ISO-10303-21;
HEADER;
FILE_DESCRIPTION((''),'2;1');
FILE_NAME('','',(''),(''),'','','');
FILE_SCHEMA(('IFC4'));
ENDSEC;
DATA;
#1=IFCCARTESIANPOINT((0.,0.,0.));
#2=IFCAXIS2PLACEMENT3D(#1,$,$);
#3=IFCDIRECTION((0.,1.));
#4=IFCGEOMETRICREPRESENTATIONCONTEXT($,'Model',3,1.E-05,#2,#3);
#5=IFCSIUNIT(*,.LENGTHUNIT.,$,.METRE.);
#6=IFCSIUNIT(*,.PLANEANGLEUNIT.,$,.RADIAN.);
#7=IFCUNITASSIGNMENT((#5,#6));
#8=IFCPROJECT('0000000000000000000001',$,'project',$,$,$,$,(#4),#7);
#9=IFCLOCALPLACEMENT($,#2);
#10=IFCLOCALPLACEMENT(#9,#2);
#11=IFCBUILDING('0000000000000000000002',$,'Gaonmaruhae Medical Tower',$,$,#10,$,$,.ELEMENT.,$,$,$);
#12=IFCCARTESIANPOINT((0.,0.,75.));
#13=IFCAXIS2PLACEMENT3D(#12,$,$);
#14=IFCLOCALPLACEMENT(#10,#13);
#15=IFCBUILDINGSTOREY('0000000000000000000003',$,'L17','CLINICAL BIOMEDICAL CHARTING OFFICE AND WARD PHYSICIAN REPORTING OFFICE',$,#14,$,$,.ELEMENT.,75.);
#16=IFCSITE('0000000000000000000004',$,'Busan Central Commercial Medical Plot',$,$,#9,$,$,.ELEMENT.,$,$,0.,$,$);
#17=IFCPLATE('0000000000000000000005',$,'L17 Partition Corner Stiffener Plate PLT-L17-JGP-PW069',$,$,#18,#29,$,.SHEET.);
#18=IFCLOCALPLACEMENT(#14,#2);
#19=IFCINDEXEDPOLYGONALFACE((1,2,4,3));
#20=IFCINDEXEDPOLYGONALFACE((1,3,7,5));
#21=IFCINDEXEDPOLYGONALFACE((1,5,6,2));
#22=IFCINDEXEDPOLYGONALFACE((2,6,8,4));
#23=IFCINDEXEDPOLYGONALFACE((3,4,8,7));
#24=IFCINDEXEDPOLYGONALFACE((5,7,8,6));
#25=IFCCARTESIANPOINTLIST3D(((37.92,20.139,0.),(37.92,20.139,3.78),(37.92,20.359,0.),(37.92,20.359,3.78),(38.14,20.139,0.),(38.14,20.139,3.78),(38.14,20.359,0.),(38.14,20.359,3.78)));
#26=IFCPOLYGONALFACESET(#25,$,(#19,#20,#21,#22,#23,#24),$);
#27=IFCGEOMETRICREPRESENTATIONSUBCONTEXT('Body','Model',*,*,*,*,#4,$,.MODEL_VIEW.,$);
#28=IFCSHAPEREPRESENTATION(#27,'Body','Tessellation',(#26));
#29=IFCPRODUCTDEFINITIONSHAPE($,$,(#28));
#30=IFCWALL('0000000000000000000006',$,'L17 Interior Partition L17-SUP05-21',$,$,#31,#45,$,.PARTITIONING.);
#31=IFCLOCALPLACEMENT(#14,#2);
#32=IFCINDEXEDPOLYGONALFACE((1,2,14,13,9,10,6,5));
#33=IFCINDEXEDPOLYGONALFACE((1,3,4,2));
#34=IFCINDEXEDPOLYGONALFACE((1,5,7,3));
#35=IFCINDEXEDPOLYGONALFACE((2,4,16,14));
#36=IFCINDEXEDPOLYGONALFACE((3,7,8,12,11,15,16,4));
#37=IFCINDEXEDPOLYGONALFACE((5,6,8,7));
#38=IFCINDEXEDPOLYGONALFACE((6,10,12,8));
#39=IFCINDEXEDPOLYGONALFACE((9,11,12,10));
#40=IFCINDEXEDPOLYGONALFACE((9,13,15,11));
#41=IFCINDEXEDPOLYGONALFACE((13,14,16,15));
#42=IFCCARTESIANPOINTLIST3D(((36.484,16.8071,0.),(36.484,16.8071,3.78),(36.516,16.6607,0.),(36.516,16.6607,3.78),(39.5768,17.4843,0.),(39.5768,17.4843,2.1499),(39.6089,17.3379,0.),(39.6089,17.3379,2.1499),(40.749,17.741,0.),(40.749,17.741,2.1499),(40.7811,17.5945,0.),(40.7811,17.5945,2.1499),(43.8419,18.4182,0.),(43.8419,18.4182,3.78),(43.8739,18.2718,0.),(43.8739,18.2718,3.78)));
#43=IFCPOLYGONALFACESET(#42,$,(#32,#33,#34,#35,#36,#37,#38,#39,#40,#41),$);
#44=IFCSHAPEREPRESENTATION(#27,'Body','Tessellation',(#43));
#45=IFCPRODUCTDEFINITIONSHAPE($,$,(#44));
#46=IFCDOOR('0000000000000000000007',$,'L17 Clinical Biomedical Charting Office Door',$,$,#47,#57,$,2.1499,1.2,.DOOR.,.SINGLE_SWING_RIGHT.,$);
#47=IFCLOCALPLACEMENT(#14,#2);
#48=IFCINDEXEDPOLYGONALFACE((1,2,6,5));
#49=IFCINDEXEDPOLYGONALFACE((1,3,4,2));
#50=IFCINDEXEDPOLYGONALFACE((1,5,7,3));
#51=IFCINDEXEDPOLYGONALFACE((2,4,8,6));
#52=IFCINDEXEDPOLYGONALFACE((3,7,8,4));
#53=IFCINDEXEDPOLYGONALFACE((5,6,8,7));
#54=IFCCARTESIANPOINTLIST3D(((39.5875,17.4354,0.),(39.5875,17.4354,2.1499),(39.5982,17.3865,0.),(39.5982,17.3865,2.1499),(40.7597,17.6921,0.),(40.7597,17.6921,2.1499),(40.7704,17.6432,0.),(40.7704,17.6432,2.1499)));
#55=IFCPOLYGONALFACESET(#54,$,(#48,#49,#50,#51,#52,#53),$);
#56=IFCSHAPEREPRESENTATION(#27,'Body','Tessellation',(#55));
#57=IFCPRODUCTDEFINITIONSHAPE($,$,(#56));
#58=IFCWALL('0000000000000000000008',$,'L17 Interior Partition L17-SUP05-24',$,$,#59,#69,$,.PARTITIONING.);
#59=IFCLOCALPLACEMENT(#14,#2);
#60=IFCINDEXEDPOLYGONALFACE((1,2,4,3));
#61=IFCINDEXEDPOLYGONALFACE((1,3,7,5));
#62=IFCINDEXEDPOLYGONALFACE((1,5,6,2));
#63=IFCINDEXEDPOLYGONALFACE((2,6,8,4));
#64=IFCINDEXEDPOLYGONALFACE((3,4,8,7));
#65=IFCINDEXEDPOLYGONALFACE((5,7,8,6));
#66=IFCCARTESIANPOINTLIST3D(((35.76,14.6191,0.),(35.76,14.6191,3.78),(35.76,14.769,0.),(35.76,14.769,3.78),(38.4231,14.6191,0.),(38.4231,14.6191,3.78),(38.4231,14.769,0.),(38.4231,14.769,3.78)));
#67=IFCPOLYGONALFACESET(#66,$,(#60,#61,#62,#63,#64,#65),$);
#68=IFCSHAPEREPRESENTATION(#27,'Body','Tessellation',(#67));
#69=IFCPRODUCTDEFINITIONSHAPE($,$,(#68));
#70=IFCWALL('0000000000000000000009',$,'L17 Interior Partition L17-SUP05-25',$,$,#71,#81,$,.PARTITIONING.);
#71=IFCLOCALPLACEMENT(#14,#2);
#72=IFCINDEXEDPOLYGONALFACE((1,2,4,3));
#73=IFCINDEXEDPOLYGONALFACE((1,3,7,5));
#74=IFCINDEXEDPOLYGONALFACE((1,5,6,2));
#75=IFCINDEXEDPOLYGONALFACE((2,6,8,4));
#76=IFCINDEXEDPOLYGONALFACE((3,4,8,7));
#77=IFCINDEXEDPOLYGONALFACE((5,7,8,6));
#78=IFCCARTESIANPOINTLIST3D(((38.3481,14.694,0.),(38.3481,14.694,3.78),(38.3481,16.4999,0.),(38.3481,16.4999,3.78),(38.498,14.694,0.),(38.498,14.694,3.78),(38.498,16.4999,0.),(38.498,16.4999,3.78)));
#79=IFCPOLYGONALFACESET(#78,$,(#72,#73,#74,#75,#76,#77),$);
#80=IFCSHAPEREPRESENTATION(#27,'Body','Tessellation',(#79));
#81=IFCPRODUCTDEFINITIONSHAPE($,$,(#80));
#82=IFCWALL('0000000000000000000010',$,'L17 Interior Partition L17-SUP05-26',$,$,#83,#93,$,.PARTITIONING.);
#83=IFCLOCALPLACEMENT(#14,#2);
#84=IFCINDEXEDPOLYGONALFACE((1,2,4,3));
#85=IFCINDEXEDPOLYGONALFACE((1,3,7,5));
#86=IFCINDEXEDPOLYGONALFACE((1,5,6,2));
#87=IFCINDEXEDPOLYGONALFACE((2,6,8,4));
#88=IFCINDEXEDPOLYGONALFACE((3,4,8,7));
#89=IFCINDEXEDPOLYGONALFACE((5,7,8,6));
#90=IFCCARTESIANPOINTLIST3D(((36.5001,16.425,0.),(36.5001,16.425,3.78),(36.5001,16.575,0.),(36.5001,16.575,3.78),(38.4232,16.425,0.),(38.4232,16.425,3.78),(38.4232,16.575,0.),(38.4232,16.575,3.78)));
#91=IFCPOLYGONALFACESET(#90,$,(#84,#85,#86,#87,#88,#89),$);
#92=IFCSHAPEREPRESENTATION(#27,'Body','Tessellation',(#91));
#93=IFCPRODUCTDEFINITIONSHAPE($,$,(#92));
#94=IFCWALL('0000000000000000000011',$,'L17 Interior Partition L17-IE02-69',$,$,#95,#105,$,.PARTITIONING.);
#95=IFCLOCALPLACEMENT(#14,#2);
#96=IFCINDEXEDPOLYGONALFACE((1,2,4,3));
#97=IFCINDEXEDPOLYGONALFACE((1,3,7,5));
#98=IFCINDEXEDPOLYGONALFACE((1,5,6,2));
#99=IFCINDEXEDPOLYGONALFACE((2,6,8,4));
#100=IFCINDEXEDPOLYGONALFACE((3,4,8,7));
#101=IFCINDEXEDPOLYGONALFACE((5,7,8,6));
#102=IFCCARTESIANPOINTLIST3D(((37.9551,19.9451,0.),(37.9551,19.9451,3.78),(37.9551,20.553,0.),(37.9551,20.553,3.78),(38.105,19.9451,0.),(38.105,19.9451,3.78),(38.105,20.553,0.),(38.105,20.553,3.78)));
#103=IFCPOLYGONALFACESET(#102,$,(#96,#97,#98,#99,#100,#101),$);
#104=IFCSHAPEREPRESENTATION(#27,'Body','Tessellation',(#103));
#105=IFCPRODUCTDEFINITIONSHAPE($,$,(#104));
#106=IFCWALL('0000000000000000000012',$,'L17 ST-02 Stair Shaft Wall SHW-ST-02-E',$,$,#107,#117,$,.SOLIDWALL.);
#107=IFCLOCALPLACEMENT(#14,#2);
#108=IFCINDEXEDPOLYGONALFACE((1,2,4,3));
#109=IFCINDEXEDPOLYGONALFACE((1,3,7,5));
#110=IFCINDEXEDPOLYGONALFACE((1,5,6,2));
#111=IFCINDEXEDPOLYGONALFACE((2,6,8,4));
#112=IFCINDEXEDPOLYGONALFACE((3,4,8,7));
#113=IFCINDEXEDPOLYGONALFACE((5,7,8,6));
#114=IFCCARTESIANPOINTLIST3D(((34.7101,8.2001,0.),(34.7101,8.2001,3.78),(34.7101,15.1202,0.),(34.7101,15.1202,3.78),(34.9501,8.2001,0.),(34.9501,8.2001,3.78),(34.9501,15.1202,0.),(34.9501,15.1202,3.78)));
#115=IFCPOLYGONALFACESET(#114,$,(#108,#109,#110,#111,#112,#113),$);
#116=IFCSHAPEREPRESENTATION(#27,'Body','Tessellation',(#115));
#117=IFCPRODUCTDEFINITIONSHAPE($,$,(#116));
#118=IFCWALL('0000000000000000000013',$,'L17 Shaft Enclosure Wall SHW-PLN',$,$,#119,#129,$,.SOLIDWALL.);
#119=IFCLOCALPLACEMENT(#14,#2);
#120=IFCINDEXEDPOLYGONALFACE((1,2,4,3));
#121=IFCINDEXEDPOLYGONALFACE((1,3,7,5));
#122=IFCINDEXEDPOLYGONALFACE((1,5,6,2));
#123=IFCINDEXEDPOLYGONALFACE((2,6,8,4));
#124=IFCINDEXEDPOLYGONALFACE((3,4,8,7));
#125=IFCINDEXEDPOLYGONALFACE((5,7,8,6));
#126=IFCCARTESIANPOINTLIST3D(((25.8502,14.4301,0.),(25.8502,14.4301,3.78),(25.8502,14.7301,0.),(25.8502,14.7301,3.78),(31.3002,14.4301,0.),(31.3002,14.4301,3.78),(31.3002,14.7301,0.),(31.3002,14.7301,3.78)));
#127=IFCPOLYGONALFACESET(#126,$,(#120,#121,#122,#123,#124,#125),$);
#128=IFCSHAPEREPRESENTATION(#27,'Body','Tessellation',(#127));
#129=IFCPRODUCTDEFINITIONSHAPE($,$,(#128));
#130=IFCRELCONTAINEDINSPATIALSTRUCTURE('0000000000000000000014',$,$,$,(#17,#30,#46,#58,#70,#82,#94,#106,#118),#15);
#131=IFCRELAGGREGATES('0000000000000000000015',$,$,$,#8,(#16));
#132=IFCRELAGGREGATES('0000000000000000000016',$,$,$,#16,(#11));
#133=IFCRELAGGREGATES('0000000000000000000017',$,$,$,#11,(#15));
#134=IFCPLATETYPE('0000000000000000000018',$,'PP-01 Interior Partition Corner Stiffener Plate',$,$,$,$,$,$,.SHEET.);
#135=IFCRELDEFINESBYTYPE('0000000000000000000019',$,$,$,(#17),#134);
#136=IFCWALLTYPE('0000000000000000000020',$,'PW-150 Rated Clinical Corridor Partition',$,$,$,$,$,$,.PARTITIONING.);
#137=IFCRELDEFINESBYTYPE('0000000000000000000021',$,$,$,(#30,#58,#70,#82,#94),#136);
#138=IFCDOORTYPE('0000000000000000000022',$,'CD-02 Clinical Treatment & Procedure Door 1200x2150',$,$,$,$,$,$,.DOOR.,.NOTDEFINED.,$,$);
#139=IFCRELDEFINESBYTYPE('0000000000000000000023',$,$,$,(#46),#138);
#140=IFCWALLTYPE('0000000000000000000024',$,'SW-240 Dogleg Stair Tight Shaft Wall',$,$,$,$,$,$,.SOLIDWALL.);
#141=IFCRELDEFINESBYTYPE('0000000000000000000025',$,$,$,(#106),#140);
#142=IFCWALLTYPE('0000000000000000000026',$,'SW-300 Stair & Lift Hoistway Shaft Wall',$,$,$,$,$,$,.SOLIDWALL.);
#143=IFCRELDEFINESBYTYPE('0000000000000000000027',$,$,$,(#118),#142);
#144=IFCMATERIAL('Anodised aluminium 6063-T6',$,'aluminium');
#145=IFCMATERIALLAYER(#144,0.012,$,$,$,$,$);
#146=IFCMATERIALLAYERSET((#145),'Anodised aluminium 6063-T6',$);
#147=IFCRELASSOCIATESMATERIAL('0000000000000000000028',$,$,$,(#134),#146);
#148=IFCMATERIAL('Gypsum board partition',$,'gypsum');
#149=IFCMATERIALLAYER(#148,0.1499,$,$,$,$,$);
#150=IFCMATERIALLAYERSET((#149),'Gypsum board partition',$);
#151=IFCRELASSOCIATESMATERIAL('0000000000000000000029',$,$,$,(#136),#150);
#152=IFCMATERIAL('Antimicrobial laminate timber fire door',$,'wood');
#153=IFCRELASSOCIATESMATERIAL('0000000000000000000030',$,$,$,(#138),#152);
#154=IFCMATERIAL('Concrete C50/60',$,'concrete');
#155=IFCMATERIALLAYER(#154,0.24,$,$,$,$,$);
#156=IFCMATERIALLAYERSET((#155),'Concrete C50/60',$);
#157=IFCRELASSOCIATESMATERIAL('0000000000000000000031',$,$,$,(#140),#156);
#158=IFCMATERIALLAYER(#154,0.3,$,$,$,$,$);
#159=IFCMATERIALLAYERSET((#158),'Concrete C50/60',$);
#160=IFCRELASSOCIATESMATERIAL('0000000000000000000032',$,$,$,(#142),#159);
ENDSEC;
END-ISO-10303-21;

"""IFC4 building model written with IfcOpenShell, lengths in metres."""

from ifc_helpers import new_model, si_unit, direction, frame, frame_2d, origin, origin_2d, place, context, subcontext, project, spatial, rectangle, extrude, material, layer, layer_set, type_object, element, fill, save


model = new_model("IFC4")

# Units and contexts
model_context = context("Model", 3, precision=1e-05, world=origin(), true_north=direction((0.0, 1.0)))
body_context = subcontext(model_context, "Body", "Model", "MODEL_VIEW")
ifc_project = project(units=[si_unit("LENGTHUNIT", "METRE"), si_unit("PLANEANGLEUNIT", "RADIAN")], contexts=[model_context])

# Site, building, storey
site_placement = place(None, origin())
site = spatial("IfcSite", under=ifc_project, at=site_placement, Name="Busan Central Commercial Medical Plot", CompositionType="ELEMENT", RefElevation=0.0)
building_placement = place(site_placement, origin())
building = spatial("IfcBuilding", under=site, at=building_placement, Name="Gaonmaruhae Medical Tower", CompositionType="ELEMENT")
storey_placement = place(building_placement, frame((0.0, 0.0, 75.0)))
storey = spatial("IfcBuildingStorey", under=building, at=storey_placement, Name="L17", Description="CLINICAL BIOMEDICAL CHARTING OFFICE AND WARD PHYSICIAN REPORTING OFFICE", CompositionType="ELEMENT", Elevation=75.0)

# Plate
ifc_material_1 = material(Name="Anodised aluminium 6063-T6", Category="aluminium")
ifc_layer_1 = layer(ifc_material_1, 0.012)
ifc_layer_set_1 = layer_set([ifc_layer_1], Name="Anodised aluminium 6063-T6")
plate_type = type_object("IfcPlateType", Name="PP-01 Interior Partition Corner Stiffener Plate", PredefinedType="SHEET", material=ifc_layer_set_1)
plate_placement = place(storey_placement, frame((38.03, 20.249, 0.0), z_axis=(0.0, 0.0, 1.0), x_axis=(0.0, 1.0, 0.0)))
element("IfcPlate", 1, at=plate_placement, inside=storey, type_object=plate_type, Name="L17 Partition Corner Stiffener Plate PLT-L17-JGP-PW069", PredefinedType="SHEET", context=body_context, shape_type="SweptSolid", body=[
    extrude(rectangle(XDim=0.22, YDim=0.22, at=origin_2d()), origin(), (0.0, 0.0, 1.0), 3.78),
])

# Wall, opening, door
ifc_material_2 = material(Name="Gypsum board partition", Category="gypsum")
ifc_layer_2 = layer(ifc_material_2, 0.1499)
ifc_layer_set_2 = layer_set([ifc_layer_2], Name="Gypsum board partition")
wall_type_1 = type_object("IfcWallType", Name="PW-150 Rated Clinical Corridor Partition", PredefinedType="PARTITIONING", material=ifc_layer_set_2)
wall_1_placement = place(storey_placement, frame((36.5, 16.7339, 0.0), z_axis=(0.0, 0.0, 1.0), x_axis=(0.976857, 0.213892, 0.0)))
wall_1 = element("IfcWall", 2, at=wall_1_placement, inside=storey, type_object=wall_type_1, Name="L17 Interior Partition L17-SUP05-21", PredefinedType="PARTITIONING", context=body_context, shape_type="SweptSolid", body=[
    extrude(rectangle(XDim=7.5322, YDim=0.1499, at=frame_2d((3.7661, 0.0))), origin(), (0.0, 0.0, 1.0), 3.78),
])
opening_1_placement = place(wall_1_placement, frame((3.166, 0.0, 0.0)))
opening_1 = element("IfcOpeningElement", 3, at=opening_1_placement, cuts=wall_1, PredefinedType="OPENING", context=body_context, shape_type="SweptSolid", body=[
    extrude(rectangle(XDim=1.2, YDim=2.1499, at=frame_2d((0.6001, 1.075))), frame((0.0, 0.085, 0.0), z_axis=(0.0, -1.0, 0.0), x_axis=(1.0, 0.0, 0.0)), (0.0, 0.0, 1.0), 0.1699),
])
ifc_material_3 = material(Name="Antimicrobial laminate timber fire door", Category="wood")
door_type_1 = type_object("IfcDoorType", Name="CD-02 Clinical Treatment & Procedure Door 1200x2150", OperationType="NOTDEFINED", PredefinedType="DOOR", material=ifc_material_3)
door_1_placement = place(opening_1_placement, origin())
door_1 = element("IfcDoor", 4, at=door_1_placement, inside=storey, type_object=door_type_1, Name="L17 Clinical Biomedical Charting Office Door", OperationType="SINGLE_SWING_RIGHT", OverallHeight=2.1499, OverallWidth=1.2, PredefinedType="DOOR", context=body_context, shape_type="SweptSolid", body=[
    extrude(rectangle(XDim=1.2, YDim=2.1499, at=frame_2d((0.6001, 1.075))), frame((0.0, 0.0249, 0.0), z_axis=(0.0, -1.0, 0.0), x_axis=(1.0, 0.0, 0.0)), (0.0, 0.0, 1.0), 0.05),
])
fill(opening_1, door_1)

# Walls
wall_2_placement = place(storey_placement, frame((35.76, 14.6941, 0.0), z_axis=(0.0, 0.0, 1.0), x_axis=(1.0, 0.0, 0.0)))
element("IfcWall", 5, at=wall_2_placement, inside=storey, type_object=wall_type_1, Name="L17 Interior Partition L17-SUP05-24", PredefinedType="PARTITIONING", context=body_context, shape_type="SweptSolid", body=[
    extrude(rectangle(XDim=2.6631, YDim=0.1499, at=frame_2d((1.3315, 0.0))), origin(), (0.0, 0.0, 1.0), 3.78),
])
wall_3_placement = place(storey_placement, frame((38.4231, 14.6941, 0.0), z_axis=(0.0, 0.0, 1.0), x_axis=(0.0, 1.0, 0.0)))
element("IfcWall", 6, at=wall_3_placement, inside=storey, type_object=wall_type_1, Name="L17 Interior Partition L17-SUP05-25", PredefinedType="PARTITIONING", context=body_context, shape_type="SweptSolid", body=[
    extrude(rectangle(XDim=1.8059, YDim=0.1499, at=frame_2d((0.9028, 0.0))), origin(), (0.0, 0.0, 1.0), 3.78),
])
wall_4_placement = place(storey_placement, frame((38.4231, 16.5, 0.0), z_axis=(0.0, 0.0, 1.0), x_axis=(-1.0, 0.0, 0.0)))
element("IfcWall", 7, at=wall_4_placement, inside=storey, type_object=wall_type_1, Name="L17 Interior Partition L17-SUP05-26", PredefinedType="PARTITIONING", context=body_context, shape_type="SweptSolid", body=[
    extrude(rectangle(XDim=1.9231, YDim=0.1499, at=frame_2d((0.9614, 0.0))), origin(), (0.0, 0.0, 1.0), 3.78),
])
wall_5_placement = place(storey_placement, frame((38.03, 19.9451, 0.0), z_axis=(0.0, 0.0, 1.0), x_axis=(0.0, 1.0, 0.0)))
element("IfcWall", 8, at=wall_5_placement, inside=storey, type_object=wall_type_1, Name="L17 Interior Partition L17-IE02-69", PredefinedType="PARTITIONING", context=body_context, shape_type="SweptSolid", body=[
    extrude(rectangle(XDim=0.6079, YDim=0.1499, at=frame_2d((0.304, 0.0))), origin(), (0.0, 0.0, 1.0), 3.78),
])

# Shared definitions
ifc_material_4 = material(Name="Concrete C50/60", Category="concrete")
ifc_layer_3 = layer(ifc_material_4, 0.24)
ifc_layer_set_3 = layer_set([ifc_layer_3], Name="Concrete C50/60")
wall_type_2 = type_object("IfcWallType", Name="SW-240 Dogleg Stair Tight Shaft Wall", PredefinedType="SOLIDWALL", material=ifc_layer_set_3)

# Walls
wall_6_placement = place(storey_placement, frame((34.8301, 15.1201, 0.0), z_axis=(0.0, 0.0, 1.0), x_axis=(0.0, -1.0, 0.0)))
element("IfcWall", 9, at=wall_6_placement, inside=storey, type_object=wall_type_2, Name="L17 ST-02 Stair Shaft Wall SHW-ST-02-E", PredefinedType="SOLIDWALL", context=body_context, shape_type="SweptSolid", body=[
    extrude(rectangle(XDim=6.9202, YDim=0.24, at=frame_2d((3.46, 0.0))), origin(), (0.0, 0.0, 1.0), 3.78),
])
ifc_layer_4 = layer(ifc_material_4, 0.3)
ifc_layer_set_4 = layer_set([ifc_layer_4], Name="Concrete C50/60")
wall_type_3 = type_object("IfcWallType", Name="SW-300 Stair & Lift Hoistway Shaft Wall", PredefinedType="SOLIDWALL", material=ifc_layer_set_4)
wall_7_placement = place(storey_placement, frame((25.8501, 14.5801, 0.0), z_axis=(0.0, 0.0, 1.0), x_axis=(1.0, 0.0, 0.0)))
element("IfcWall", 10, at=wall_7_placement, inside=storey, type_object=wall_type_3, Name="L17 Shaft Enclosure Wall SHW-PLN", PredefinedType="SOLIDWALL", context=body_context, shape_type="SweptSolid", body=[
    extrude(rectangle(XDim=5.45, YDim=0.3, at=frame_2d((2.7251, 0.0))), origin(), (0.0, 0.0, 1.0), 3.78),
])

save(model, "model.ifc")
